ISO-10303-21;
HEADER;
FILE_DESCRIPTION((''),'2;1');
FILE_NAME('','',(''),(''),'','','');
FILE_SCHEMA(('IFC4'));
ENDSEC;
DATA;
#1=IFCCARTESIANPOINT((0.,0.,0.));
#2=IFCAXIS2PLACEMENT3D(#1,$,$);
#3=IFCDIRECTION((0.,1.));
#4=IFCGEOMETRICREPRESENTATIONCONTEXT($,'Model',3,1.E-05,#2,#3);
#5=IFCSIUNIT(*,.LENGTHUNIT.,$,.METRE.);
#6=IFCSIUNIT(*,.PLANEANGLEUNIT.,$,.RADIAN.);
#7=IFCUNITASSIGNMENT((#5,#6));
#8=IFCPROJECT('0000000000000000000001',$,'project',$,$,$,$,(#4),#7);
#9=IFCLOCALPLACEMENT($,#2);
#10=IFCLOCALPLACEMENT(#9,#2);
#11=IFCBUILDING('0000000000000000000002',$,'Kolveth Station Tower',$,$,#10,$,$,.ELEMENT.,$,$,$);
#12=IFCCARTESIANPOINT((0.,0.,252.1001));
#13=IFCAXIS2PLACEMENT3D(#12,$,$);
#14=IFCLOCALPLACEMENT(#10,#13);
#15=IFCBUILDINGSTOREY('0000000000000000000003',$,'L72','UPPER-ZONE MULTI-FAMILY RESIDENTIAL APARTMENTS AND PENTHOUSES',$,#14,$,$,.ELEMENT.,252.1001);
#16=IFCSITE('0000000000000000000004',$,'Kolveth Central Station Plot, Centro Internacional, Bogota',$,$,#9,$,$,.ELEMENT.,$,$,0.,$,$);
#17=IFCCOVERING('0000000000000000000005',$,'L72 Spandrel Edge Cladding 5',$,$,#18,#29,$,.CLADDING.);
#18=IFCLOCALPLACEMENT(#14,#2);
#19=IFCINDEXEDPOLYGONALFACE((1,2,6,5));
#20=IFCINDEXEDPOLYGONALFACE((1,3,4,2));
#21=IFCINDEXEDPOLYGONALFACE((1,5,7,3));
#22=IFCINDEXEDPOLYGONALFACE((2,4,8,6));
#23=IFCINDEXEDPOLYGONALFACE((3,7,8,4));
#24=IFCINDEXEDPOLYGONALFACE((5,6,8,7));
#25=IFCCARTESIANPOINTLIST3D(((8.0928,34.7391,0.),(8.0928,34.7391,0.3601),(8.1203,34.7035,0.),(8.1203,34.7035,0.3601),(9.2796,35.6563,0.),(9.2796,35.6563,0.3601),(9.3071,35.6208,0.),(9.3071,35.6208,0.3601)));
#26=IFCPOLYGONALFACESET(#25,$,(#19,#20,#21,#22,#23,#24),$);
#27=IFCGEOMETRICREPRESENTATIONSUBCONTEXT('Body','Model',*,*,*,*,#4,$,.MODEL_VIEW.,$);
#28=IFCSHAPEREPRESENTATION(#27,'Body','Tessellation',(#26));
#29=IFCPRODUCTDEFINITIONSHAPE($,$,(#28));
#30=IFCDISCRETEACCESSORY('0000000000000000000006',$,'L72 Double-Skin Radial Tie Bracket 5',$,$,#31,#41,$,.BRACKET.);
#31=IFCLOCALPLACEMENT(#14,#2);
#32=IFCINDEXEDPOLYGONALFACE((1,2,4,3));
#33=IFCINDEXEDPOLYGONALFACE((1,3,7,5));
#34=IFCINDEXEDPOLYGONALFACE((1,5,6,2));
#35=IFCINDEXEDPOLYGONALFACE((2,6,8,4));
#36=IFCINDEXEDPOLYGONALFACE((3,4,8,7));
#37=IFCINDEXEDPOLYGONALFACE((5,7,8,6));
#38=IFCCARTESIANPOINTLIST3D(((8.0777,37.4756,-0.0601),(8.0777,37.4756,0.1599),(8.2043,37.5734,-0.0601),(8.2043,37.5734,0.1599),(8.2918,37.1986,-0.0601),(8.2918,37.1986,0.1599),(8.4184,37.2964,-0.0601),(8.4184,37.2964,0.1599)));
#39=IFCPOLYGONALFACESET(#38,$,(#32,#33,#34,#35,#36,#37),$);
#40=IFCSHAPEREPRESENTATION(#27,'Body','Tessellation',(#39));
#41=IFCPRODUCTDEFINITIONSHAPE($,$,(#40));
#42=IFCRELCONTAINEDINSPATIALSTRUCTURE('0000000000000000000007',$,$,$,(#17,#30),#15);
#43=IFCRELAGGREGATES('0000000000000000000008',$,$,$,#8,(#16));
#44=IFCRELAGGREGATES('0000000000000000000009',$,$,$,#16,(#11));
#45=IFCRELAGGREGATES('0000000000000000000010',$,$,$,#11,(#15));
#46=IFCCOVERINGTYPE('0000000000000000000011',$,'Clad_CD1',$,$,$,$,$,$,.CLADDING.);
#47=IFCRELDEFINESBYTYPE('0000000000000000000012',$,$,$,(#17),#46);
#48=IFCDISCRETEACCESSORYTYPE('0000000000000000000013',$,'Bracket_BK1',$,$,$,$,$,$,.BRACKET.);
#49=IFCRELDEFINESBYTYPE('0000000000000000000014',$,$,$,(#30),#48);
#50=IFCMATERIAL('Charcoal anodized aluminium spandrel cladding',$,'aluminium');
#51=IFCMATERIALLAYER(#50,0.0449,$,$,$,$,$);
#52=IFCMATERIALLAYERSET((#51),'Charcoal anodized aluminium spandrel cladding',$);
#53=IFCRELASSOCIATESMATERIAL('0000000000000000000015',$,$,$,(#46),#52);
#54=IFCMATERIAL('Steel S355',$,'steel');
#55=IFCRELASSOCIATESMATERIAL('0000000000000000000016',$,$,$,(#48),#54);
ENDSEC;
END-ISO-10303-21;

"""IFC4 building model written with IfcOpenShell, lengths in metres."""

from ifc_helpers import new_model, si_unit, direction, frame, origin, origin_2d, place, context, subcontext, project, spatial, rectangle, extrude, source, transform, mapped, material, layer, layer_set, type_object, element, save


model = new_model("IFC4")

# Units and contexts
model_context = context("Model", 3, precision=1e-05, world=origin(), true_north=direction((0.0, 1.0)))
body_context = subcontext(model_context, "Body", "Model", "MODEL_VIEW")
ifc_project = project(units=[si_unit("LENGTHUNIT", "METRE"), si_unit("PLANEANGLEUNIT", "RADIAN")], contexts=[model_context])

# Site, building, storey
site_placement = place(None, origin())
site = spatial("IfcSite", under=ifc_project, at=site_placement, Name="Kolveth Central Station Plot, Centro Internacional, Bogota", CompositionType="ELEMENT", RefElevation=0.0)
building_placement = place(site_placement, origin())
building = spatial("IfcBuilding", under=site, at=building_placement, Name="Kolveth Station Tower", CompositionType="ELEMENT")
storey_placement = place(building_placement, frame((0.0, 0.0, 252.1001)))
storey = spatial("IfcBuildingStorey", under=building, at=storey_placement, Name="L72", Description="UPPER-ZONE MULTI-FAMILY RESIDENTIAL APARTMENTS AND PENTHOUSES", CompositionType="ELEMENT", Elevation=252.1001)

# Shared definitions
ifc_material_1 = material(Name="Steel S355", Category="steel")

# Covering
ifc_material_2 = material(Name="Charcoal anodized aluminium spandrel cladding", Category="aluminium")
ifc_layer_1 = layer(ifc_material_2, 0.0449)
ifc_layer_set_1 = layer_set([ifc_layer_1], Name="Charcoal anodized aluminium spandrel cladding")
covering_type = type_object("IfcCoveringType", Name="Clad_CD1", PredefinedType="CLADDING", material=ifc_layer_set_1)
shared_shape_1 = source(origin(), body_context, "Body", "SweptSolid", [
    extrude(rectangle(XDim=1.5, YDim=0.0449, at=origin_2d()), origin(), (0.0, 0.0, 1.0), 0.3601),
])
covering_placement = place(storey_placement, frame((8.7, 35.1799, 0.0), z_axis=(0.0, 0.0, 1.0), x_axis=(-0.791224, -0.611527, 0.0)))
element("IfcCovering", 1, at=covering_placement, inside=storey, type_object=covering_type, Name="L72 Spandrel Edge Cladding 5", PredefinedType="CLADDING", context=body_context, shape_type="MappedRepresentation", body=[
    mapped(shared_shape_1, transform((0.0, 0.0, 0.0), x_axis=(1.0, 0.0, 0.0), y_axis=(0.0, 1.0, 0.0), z_axis=(0.0, 0.0, 1.0), scale=1.0)),
])

# Discrete accessory
discrete_accessory_type = type_object("IfcDiscreteAccessoryType", Name="Bracket_BK1", PredefinedType="BRACKET", material=ifc_material_1)
shared_shape_2 = source(origin(), body_context, "Body", "SweptSolid", [
    extrude(rectangle(XDim=0.3501, YDim=0.1599, at=origin_2d()), origin(), (0.0, 0.0, 1.0), 0.22),
])
discrete_accessory_placement = place(storey_placement, frame((8.248, 37.386, -0.0601), z_axis=(0.0, 0.0, 1.0), x_axis=(-0.611527, 0.791224, 0.0)))
element("IfcDiscreteAccessory", 2, at=discrete_accessory_placement, inside=storey, type_object=discrete_accessory_type, Name="L72 Double-Skin Radial Tie Bracket 5", PredefinedType="BRACKET", context=body_context, shape_type="MappedRepresentation", body=[
    mapped(shared_shape_2, transform((0.0, 0.0, 0.0), x_axis=(1.0, 0.0, 0.0), y_axis=(0.0, 1.0, 0.0), z_axis=(0.0, 0.0, 1.0), scale=1.0)),
])

save(model, "model.ifc")
